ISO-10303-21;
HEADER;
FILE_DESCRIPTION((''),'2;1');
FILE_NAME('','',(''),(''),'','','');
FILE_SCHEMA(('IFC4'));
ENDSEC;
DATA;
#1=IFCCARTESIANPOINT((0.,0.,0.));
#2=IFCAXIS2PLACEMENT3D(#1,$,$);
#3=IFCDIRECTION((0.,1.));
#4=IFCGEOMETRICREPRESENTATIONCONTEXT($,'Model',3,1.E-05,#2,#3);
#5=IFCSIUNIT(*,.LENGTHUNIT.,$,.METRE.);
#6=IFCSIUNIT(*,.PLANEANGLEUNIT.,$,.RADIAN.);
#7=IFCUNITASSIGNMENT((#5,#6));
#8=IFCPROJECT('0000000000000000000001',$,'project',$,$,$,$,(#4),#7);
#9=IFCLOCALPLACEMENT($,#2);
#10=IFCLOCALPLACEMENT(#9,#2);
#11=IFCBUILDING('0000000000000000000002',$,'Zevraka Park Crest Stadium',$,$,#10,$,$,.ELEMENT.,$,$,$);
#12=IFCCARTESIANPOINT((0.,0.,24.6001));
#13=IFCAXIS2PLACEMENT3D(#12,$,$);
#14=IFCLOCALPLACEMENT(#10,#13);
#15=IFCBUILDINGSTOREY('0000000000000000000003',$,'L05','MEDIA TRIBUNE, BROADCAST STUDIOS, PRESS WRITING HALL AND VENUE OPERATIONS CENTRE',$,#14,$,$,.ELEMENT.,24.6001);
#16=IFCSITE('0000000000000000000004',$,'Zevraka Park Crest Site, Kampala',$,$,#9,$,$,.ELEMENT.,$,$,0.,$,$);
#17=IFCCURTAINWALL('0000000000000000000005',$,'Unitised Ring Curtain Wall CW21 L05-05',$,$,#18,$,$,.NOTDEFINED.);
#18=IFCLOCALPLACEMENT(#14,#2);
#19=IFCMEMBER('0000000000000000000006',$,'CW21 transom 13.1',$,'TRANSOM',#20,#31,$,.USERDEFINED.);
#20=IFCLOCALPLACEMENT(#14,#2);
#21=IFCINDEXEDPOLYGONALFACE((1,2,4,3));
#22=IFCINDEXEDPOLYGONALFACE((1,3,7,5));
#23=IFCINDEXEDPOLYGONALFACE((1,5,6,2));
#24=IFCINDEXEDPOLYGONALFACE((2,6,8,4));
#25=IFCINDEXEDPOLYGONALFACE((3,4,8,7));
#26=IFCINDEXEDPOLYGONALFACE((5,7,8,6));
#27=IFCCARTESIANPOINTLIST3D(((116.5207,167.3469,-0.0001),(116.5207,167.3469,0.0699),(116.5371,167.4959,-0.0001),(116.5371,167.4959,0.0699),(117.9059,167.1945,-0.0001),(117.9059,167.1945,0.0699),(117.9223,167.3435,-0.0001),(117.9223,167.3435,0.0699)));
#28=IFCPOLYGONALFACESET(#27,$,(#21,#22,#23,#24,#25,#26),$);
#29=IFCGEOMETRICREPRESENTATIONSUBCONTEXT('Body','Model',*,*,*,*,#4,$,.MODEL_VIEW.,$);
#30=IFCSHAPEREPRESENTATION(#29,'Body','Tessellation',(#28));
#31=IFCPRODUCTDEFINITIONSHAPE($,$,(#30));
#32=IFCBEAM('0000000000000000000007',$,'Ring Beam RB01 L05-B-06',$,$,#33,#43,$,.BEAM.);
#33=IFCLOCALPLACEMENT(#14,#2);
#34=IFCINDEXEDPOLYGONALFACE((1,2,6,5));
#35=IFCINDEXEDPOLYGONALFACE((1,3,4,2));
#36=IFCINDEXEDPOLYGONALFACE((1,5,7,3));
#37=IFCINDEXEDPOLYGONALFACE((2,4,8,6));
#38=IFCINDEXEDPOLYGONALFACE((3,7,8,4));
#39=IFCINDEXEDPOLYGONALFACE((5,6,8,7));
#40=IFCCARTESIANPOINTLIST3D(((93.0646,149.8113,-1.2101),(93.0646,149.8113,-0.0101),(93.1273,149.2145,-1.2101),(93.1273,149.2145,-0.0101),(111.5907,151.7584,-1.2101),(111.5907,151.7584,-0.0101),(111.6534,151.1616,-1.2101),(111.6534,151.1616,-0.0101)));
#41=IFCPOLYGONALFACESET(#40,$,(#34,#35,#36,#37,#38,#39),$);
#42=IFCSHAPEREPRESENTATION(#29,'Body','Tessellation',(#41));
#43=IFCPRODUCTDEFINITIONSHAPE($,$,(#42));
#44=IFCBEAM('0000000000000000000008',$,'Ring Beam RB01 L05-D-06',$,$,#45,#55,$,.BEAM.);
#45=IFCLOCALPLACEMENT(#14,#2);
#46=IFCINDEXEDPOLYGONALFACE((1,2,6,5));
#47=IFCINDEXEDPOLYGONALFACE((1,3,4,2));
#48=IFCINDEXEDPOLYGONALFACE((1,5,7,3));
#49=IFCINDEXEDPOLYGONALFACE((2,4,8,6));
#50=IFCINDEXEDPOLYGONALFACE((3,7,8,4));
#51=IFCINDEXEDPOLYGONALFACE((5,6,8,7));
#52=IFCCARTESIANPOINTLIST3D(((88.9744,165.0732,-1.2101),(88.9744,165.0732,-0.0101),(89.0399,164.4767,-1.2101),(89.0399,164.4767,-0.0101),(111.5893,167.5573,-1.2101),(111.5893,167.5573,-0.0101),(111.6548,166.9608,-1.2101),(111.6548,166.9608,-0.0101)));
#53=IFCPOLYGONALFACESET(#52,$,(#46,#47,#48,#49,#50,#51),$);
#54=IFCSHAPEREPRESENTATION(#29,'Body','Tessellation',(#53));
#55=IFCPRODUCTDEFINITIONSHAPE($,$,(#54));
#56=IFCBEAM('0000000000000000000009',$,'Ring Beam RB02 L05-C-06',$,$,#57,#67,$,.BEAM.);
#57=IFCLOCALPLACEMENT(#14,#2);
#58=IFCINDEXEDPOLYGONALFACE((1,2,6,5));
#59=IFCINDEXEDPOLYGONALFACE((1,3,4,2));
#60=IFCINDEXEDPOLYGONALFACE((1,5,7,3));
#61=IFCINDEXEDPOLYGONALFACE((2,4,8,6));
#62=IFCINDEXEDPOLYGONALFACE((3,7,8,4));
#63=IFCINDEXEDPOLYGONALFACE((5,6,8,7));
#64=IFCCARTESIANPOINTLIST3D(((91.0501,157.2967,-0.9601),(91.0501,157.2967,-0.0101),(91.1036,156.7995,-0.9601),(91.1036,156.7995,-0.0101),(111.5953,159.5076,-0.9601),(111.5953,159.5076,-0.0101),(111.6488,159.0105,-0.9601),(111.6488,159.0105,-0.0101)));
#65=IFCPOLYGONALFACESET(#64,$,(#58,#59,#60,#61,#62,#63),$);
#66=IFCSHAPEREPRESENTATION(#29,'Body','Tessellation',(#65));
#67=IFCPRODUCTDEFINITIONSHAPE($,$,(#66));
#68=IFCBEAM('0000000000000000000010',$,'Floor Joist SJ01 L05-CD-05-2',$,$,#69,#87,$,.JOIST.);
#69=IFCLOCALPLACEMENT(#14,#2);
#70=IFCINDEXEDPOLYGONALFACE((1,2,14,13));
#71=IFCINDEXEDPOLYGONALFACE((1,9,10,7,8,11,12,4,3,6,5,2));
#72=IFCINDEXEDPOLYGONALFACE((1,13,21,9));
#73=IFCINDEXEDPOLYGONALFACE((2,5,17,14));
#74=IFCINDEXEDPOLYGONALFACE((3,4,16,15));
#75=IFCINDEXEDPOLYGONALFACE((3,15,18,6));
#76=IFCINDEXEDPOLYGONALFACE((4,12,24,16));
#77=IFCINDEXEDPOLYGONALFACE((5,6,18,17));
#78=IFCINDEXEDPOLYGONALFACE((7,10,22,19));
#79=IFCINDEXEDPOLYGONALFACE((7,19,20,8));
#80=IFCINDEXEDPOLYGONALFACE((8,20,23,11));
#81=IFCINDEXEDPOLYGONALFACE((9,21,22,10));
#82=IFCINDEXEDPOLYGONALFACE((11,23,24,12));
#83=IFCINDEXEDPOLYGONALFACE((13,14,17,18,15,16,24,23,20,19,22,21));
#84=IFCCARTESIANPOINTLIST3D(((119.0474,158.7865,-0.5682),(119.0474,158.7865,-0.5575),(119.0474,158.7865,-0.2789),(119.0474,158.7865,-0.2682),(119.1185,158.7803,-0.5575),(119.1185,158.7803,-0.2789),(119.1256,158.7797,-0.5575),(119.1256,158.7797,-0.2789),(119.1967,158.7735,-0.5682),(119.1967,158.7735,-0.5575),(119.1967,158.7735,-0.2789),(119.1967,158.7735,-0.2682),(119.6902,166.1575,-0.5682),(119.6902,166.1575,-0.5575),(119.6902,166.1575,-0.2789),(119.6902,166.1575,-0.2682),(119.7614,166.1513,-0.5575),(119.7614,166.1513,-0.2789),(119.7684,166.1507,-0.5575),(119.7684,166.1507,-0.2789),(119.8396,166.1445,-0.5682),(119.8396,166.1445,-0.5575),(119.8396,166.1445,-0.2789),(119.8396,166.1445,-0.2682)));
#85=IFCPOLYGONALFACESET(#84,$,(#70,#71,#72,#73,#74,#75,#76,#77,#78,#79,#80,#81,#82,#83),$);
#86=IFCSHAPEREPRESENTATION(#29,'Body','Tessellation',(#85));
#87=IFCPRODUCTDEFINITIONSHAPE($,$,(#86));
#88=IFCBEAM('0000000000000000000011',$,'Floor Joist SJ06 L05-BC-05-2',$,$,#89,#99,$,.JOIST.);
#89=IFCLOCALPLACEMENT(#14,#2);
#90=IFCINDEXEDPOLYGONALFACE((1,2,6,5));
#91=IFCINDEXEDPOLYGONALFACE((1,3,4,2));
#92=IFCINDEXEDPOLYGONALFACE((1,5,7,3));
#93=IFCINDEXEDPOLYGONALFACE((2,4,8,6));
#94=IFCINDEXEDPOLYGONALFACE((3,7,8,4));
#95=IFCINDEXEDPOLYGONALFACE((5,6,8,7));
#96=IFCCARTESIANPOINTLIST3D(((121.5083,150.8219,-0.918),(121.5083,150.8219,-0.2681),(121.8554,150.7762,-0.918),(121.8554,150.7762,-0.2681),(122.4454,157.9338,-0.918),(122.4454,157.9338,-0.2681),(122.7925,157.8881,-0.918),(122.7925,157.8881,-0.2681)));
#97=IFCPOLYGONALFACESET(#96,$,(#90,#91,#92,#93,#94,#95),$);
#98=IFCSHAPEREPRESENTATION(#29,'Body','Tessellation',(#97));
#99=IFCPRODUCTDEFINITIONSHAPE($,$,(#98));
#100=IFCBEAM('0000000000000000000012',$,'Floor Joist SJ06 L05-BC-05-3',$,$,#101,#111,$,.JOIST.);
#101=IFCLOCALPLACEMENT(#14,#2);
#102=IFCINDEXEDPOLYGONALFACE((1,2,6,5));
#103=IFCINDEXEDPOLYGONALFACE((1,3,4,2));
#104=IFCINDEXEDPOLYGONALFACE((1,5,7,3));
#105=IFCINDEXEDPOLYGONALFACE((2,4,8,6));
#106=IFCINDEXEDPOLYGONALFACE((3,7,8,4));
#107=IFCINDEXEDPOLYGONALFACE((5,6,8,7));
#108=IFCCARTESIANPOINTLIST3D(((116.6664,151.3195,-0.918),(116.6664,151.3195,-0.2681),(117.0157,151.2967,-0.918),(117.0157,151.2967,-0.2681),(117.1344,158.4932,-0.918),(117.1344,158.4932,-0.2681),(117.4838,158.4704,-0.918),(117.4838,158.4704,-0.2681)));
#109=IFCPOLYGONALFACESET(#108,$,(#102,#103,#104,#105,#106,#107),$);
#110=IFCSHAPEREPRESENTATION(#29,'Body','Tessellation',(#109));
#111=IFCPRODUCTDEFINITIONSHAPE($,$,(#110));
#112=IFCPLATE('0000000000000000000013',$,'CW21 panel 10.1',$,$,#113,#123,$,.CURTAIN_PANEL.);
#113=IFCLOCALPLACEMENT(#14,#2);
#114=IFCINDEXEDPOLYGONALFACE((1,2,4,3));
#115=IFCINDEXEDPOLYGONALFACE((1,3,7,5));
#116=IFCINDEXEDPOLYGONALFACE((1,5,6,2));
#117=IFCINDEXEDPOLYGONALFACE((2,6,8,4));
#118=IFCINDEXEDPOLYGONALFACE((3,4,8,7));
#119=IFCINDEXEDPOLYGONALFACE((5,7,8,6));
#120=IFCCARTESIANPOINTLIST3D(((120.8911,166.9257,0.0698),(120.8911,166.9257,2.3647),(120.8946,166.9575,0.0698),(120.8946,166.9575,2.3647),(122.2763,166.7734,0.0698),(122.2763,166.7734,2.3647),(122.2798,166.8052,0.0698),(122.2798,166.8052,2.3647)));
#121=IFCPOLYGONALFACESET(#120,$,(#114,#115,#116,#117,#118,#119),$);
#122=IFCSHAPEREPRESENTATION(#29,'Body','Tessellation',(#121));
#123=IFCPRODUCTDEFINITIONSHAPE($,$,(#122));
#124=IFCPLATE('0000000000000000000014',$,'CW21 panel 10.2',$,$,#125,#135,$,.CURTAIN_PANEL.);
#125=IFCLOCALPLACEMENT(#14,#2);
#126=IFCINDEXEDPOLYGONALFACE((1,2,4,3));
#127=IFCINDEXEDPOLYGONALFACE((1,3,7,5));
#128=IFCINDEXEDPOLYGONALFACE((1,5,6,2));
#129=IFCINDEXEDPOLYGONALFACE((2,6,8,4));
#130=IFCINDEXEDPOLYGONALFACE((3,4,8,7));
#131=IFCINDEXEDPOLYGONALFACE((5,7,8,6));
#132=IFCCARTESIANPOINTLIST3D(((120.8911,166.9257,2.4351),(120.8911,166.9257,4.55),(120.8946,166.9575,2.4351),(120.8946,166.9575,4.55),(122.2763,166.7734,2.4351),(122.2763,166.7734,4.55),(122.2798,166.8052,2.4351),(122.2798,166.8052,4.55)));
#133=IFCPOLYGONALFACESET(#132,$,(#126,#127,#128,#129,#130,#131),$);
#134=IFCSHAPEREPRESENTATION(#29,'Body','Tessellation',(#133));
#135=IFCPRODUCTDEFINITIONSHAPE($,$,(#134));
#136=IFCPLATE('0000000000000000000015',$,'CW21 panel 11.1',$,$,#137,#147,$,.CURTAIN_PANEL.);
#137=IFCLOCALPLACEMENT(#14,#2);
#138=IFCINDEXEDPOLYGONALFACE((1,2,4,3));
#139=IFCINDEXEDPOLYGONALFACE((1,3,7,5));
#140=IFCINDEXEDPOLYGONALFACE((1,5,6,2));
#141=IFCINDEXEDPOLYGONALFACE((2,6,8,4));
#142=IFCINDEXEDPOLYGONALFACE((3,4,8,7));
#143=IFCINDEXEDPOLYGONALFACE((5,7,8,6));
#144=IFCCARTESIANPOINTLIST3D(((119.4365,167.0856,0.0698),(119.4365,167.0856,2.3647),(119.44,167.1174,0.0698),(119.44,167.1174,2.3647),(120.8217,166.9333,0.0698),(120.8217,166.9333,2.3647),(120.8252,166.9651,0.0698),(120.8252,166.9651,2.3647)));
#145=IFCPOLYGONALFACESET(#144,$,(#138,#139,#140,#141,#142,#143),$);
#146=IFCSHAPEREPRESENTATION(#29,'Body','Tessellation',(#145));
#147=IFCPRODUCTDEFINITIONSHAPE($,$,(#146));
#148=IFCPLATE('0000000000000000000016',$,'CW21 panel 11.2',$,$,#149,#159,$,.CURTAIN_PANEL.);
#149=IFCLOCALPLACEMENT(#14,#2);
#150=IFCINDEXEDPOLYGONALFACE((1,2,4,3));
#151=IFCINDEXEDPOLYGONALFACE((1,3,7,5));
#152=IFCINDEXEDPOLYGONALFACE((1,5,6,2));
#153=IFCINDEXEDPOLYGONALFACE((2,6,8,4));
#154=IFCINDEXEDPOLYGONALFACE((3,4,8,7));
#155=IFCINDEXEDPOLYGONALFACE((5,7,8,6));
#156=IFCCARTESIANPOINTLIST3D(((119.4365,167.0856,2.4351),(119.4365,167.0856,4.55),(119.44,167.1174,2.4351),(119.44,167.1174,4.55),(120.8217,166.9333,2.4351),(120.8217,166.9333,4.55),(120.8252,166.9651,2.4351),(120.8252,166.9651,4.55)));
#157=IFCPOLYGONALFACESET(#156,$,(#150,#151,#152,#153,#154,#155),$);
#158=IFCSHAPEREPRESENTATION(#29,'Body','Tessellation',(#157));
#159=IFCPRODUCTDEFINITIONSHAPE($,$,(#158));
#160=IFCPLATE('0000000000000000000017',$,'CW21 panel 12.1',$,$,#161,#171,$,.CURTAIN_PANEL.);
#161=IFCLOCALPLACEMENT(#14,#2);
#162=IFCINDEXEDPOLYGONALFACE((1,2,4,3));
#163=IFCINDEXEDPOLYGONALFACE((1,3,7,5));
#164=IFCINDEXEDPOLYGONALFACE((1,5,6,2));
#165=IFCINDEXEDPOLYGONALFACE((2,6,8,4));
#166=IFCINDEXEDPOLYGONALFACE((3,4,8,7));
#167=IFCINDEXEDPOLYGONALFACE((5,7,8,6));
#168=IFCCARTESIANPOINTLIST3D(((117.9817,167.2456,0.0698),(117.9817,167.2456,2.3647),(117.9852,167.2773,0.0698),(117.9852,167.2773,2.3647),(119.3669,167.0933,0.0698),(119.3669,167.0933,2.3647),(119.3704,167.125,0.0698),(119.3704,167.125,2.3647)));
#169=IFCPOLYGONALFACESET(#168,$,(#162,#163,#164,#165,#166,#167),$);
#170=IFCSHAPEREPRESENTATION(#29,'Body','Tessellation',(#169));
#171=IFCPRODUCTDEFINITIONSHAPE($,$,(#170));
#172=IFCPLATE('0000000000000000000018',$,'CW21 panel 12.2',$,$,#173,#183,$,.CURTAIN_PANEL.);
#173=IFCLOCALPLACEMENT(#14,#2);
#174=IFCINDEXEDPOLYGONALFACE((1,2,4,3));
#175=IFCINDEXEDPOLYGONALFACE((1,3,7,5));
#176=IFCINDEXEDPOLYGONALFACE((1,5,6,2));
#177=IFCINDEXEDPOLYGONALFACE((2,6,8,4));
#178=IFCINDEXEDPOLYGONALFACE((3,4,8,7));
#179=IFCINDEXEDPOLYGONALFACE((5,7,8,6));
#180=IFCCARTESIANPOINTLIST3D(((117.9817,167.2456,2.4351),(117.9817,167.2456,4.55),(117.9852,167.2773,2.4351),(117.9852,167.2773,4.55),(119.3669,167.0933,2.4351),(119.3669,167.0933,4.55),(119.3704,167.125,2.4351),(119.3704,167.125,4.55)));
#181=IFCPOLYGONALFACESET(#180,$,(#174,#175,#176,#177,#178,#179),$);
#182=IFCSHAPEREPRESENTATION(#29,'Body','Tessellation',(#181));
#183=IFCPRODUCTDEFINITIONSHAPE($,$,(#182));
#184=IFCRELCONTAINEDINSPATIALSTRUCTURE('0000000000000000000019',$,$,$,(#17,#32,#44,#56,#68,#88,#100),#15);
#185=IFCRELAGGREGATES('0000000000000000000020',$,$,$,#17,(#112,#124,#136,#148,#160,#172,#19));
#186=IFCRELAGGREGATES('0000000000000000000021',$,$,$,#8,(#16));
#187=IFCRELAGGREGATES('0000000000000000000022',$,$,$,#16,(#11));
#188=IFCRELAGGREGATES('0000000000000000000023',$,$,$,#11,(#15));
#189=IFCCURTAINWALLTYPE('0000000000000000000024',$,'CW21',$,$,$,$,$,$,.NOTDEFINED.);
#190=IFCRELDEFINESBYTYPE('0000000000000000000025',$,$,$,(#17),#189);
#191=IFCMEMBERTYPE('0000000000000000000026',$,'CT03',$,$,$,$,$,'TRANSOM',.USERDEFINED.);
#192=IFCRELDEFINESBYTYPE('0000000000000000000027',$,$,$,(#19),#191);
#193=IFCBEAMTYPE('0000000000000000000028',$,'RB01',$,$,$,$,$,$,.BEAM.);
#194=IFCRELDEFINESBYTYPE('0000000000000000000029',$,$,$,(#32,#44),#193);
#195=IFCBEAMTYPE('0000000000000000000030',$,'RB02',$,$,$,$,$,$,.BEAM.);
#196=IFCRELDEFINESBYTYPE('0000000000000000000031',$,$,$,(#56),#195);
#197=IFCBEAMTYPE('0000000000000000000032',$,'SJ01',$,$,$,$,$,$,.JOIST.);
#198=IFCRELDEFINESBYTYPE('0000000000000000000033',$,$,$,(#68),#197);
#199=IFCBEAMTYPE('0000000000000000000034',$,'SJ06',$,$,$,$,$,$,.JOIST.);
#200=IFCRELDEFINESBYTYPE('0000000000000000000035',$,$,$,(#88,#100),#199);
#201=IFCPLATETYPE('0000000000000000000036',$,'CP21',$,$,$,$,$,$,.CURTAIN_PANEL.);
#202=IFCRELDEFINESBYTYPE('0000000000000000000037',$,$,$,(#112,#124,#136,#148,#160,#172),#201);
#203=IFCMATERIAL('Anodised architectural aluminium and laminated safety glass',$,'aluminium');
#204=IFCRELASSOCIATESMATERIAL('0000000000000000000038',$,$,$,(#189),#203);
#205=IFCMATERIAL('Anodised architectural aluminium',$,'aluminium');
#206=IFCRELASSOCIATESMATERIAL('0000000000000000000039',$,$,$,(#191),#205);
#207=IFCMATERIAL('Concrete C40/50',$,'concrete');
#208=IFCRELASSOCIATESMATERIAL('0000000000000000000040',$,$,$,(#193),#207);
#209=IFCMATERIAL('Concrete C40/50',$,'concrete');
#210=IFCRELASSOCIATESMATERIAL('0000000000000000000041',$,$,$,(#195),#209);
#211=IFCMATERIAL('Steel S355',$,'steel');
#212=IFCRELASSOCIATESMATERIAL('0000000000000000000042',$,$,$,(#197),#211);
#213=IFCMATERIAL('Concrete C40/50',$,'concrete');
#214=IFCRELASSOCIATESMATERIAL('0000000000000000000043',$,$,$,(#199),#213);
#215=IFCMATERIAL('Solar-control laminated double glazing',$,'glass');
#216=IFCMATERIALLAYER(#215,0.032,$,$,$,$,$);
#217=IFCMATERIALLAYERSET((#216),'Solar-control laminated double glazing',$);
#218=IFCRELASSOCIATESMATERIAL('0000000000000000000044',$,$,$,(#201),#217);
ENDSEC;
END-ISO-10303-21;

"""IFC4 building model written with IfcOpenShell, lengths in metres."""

from ifc_helpers import new_model, si_unit, direction, frame, origin, origin_2d, place, context, subcontext, project, spatial, rectangle, i_section, extrude, material, layer, layer_set, material_profile, profile_set, type_object, element, aggregate, save


model = new_model("IFC4")

# Units and contexts
model_context = context("Model", 3, precision=1e-05, world=origin(), true_north=direction((0.0, 1.0)))
body_context = subcontext(model_context, "Body", "Model", "MODEL_VIEW")
ifc_project = project(units=[si_unit("LENGTHUNIT", "METRE"), si_unit("PLANEANGLEUNIT", "RADIAN")], contexts=[model_context])

# Site, building, storey
site_placement = place(None, origin())
site = spatial("IfcSite", under=ifc_project, at=site_placement, Name="Zevraka Park Crest Site, Kampala", CompositionType="ELEMENT", RefElevation=0.0)
building_placement = place(site_placement, origin())
building = spatial("IfcBuilding", under=site, at=building_placement, Name="Zevraka Park Crest Stadium", CompositionType="ELEMENT")
storey_placement = place(building_placement, frame((0.0, 0.0, 24.6001)))
storey = spatial("IfcBuildingStorey", under=building, at=storey_placement, Name="L05", Description="MEDIA TRIBUNE, BROADCAST STUDIOS, PRESS WRITING HALL AND VENUE OPERATIONS CENTRE", CompositionType="ELEMENT", Elevation=24.6001)

# Curtain wall, member
ifc_material_1 = material(Name="Anodised architectural aluminium and laminated safety glass", Category="aluminium")
curtain_wall_type = type_object("IfcCurtainWallType", Name="CW21", PredefinedType="NOTDEFINED", material=ifc_material_1)
curtain_wall_placement = place(storey_placement, origin())
curtain_wall = element("IfcCurtainWall", 1, at=curtain_wall_placement, inside=storey, type_object=curtain_wall_type, Name="Unitised Ring Curtain Wall CW21 L05-05", PredefinedType="NOTDEFINED")
ifc_material_2 = material(Name="Anodised architectural aluminium", Category="aluminium")
ifc_material_profile_1 = material_profile(ifc_material_2, rectangle(XDim=0.1499, YDim=0.0701, at=origin_2d()), Name="ALU TRANSOM 150x70")
ifc_profile_set_1 = profile_set([ifc_material_profile_1], Name="Anodised architectural aluminium")
member_type_1 = type_object("IfcMemberType", Name="CT03", ElementType="TRANSOM", PredefinedType="USERDEFINED", material=ifc_profile_set_1)
member_1_placement = place(storey_placement, frame((117.9141, 167.269, 0.0349), z_axis=(-0.994007, 0.109316, 0.0), x_axis=(-0.109316, -0.994007, 0.0)))
member_1 = element("IfcMember", 2, at=member_1_placement, type_object=member_type_1, Name="CW21 transom 13.1", ObjectType="TRANSOM", PredefinedType="USERDEFINED", context=body_context, shape_type="SweptSolid", body=[
    extrude(rectangle(XDim=0.1499, YDim=0.0701, at=origin_2d()), origin(), (0.0, 0.0, 1.0), 1.3936),
])

# Beams
ifc_material_3 = material(Name="Concrete C40/50", Category="concrete")
ifc_material_profile_2 = material_profile(ifc_material_3, rectangle(XDim=0.6001, YDim=1.2, at=origin_2d()), Name="RC 1200x600")
ifc_profile_set_2 = profile_set([ifc_material_profile_2], Name="Concrete C40/50")
beam_type_1 = type_object("IfcBeamType", Name="RB01", PredefinedType="BEAM", material=ifc_profile_set_2)
beam_1_placement = place(storey_placement, frame((111.6221, 151.46, -0.6101), z_axis=(-0.994523, -0.10452, 0.0), x_axis=(0.10452, -0.994523, 0.0)))
element("IfcBeam", 3, at=beam_1_placement, inside=storey, type_object=beam_type_1, Name="Ring Beam RB01 L05-B-06", PredefinedType="BEAM", context=body_context, shape_type="SweptSolid", body=[
    extrude(rectangle(XDim=0.6001, YDim=1.2, at=origin_2d()), origin(), (0.0, 0.0, 1.0), 18.6282),
])
beam_2_placement = place(storey_placement, frame((111.6221, 167.259, -0.6101), z_axis=(-0.994021, -0.109188, 0.0), x_axis=(0.109188, -0.994021, 0.0)))
element("IfcBeam", 4, at=beam_2_placement, inside=storey, type_object=beam_type_1, Name="Ring Beam RB01 L05-D-06", PredefinedType="BEAM", context=body_context, shape_type="SweptSolid", body=[
    extrude(rectangle(XDim=0.6001, YDim=1.2, at=origin_2d()), origin(), (0.0, 0.0, 1.0), 22.751),
])
ifc_material_4 = material(Name="Concrete C40/50", Category="concrete")
ifc_material_profile_3 = material_profile(ifc_material_4, rectangle(XDim=0.5, YDim=0.95, at=origin_2d()), Name="RC 950x500")
ifc_profile_set_3 = profile_set([ifc_material_profile_3], Name="Concrete C40/50")
beam_type_2 = type_object("IfcBeamType", Name="RB02", PredefinedType="BEAM", material=ifc_profile_set_3)
beam_3_placement = place(storey_placement, frame((111.6221, 159.259, -0.4851), z_axis=(-0.994259, -0.106996, 0.0), x_axis=(0.106996, -0.994259, 0.0)))
element("IfcBeam", 5, at=beam_3_placement, inside=storey, type_object=beam_type_2, Name="Ring Beam RB02 L05-C-06", PredefinedType="BEAM", context=body_context, shape_type="SweptSolid", body=[
    extrude(rectangle(XDim=0.5, YDim=0.95, at=origin_2d()), origin(), (0.0, 0.0, 1.0), 20.6638),
])
ifc_material_5 = material(Name="Steel S355", Category="steel")
ifc_material_profile_4 = material_profile(ifc_material_5, i_section(OverallWidth=0.1499, OverallDepth=0.3, WebThickness=0.0071, FlangeThickness=0.0107, at=origin_2d()), Name="IPE 300")
ifc_profile_set_4 = profile_set([ifc_material_profile_4], Name="Steel S355")
beam_type_3 = type_object("IfcBeamType", Name="SJ01", PredefinedType="JOIST", material=ifc_profile_set_4)
beam_4_placement = place(storey_placement, frame((119.1221, 158.78, -0.4182), z_axis=(0.086882, 0.996219, 0.0), x_axis=(-0.996219, 0.086882, 0.0)))
element("IfcBeam", 6, at=beam_4_placement, inside=storey, type_object=beam_type_3, Name="Floor Joist SJ01 L05-CD-05-2", PredefinedType="JOIST", context=body_context, shape_type="SweptSolid", body=[
    extrude(i_section(OverallWidth=0.1499, OverallDepth=0.3, WebThickness=0.0071, FlangeThickness=0.0107, at=origin_2d()), origin(), (0.0, 0.0, 1.0), 7.3989),
])
ifc_material_6 = material(Name="Concrete C40/50", Category="concrete")
ifc_material_profile_5 = material_profile(ifc_material_6, rectangle(XDim=0.3501, YDim=0.6499, at=origin_2d()), Name="RC 650x350")
ifc_profile_set_5 = profile_set([ifc_material_profile_5], Name="Concrete C40/50")
beam_type_4 = type_object("IfcBeamType", Name="SJ06", PredefinedType="JOIST", material=ifc_profile_set_5)
beam_5_placement = place(storey_placement, frame((121.6819, 150.7991, -0.593), z_axis=(0.130625, 0.991432, 0.0), x_axis=(-0.991432, 0.130625, 0.0)))
element("IfcBeam", 7, at=beam_5_placement, inside=storey, type_object=beam_type_4, Name="Floor Joist SJ06 L05-BC-05-2", PredefinedType="JOIST", context=body_context, shape_type="SweptSolid", body=[
    extrude(rectangle(XDim=0.3501, YDim=0.6499, at=origin_2d()), origin(), (0.0, 0.0, 1.0), 7.1733),
])
beam_6_placement = place(storey_placement, frame((116.8411, 151.3081, -0.593), z_axis=(0.065101, 0.997879, 0.0), x_axis=(-0.997879, 0.065101, 0.0)))
element("IfcBeam", 8, at=beam_6_placement, inside=storey, type_object=beam_type_4, Name="Floor Joist SJ06 L05-BC-05-3", PredefinedType="JOIST", context=body_context, shape_type="SweptSolid", body=[
    extrude(rectangle(XDim=0.3501, YDim=0.6499, at=origin_2d()), origin(), (0.0, 0.0, 1.0), 7.189),
])

# Plates
ifc_material_7 = material(Name="Solar-control laminated double glazing", Category="glass")
ifc_layer_1 = layer(ifc_material_7, 0.032)
ifc_layer_set_1 = layer_set([ifc_layer_1], Name="Solar-control laminated double glazing")
plate_type = type_object("IfcPlateType", Name="CP21", PredefinedType="CURTAIN_PANEL", material=ifc_layer_set_1)
plate_1_placement = place(storey_placement, frame((121.5854, 166.8655, 0.0698), z_axis=(0.0, 0.0, 1.0), x_axis=(-0.99401, 0.109288, 0.0)))
plate_1 = element("IfcPlate", 9, at=plate_1_placement, type_object=plate_type, Name="CW21 panel 10.1", PredefinedType="CURTAIN_PANEL", context=body_context, shape_type="SweptSolid", body=[
    extrude(rectangle(XDim=1.3936, YDim=0.032, at=origin_2d()), origin(), (0.0, 0.0, 1.0), 2.2949),
])
plate_2_placement = place(storey_placement, frame((121.5854, 166.8655, 2.4351), z_axis=(0.0, 0.0, 1.0), x_axis=(-0.99401, 0.109288, 0.0)))
plate_2 = element("IfcPlate", 10, at=plate_2_placement, type_object=plate_type, Name="CW21 panel 10.2", PredefinedType="CURTAIN_PANEL", context=body_context, shape_type="SweptSolid", body=[
    extrude(rectangle(XDim=1.3936, YDim=0.032, at=origin_2d()), origin(), (0.0, 0.0, 1.0), 2.115),
])
plate_3_placement = place(storey_placement, frame((120.1309, 167.0254, 0.0698), z_axis=(0.0, 0.0, 1.0), x_axis=(-0.99401, 0.109288, 0.0)))
plate_3 = element("IfcPlate", 11, at=plate_3_placement, type_object=plate_type, Name="CW21 panel 11.1", PredefinedType="CURTAIN_PANEL", context=body_context, shape_type="SweptSolid", body=[
    extrude(rectangle(XDim=1.3936, YDim=0.032, at=origin_2d()), origin(), (0.0, 0.0, 1.0), 2.2949),
])
plate_4_placement = place(storey_placement, frame((120.1309, 167.0254, 2.4351), z_axis=(0.0, 0.0, 1.0), x_axis=(-0.99401, 0.109288, 0.0)))
plate_4 = element("IfcPlate", 12, at=plate_4_placement, type_object=plate_type, Name="CW21 panel 11.2", PredefinedType="CURTAIN_PANEL", context=body_context, shape_type="SweptSolid", body=[
    extrude(rectangle(XDim=1.3936, YDim=0.032, at=origin_2d()), origin(), (0.0, 0.0, 1.0), 2.115),
])
plate_5_placement = place(storey_placement, frame((118.676, 167.1853, 0.0698), z_axis=(0.0, 0.0, 1.0), x_axis=(-0.99401, 0.109288, 0.0)))
plate_5 = element("IfcPlate", 13, at=plate_5_placement, type_object=plate_type, Name="CW21 panel 12.1", PredefinedType="CURTAIN_PANEL", context=body_context, shape_type="SweptSolid", body=[
    extrude(rectangle(XDim=1.3936, YDim=0.032, at=origin_2d()), origin(), (0.0, 0.0, 1.0), 2.2949),
])
plate_6_placement = place(storey_placement, frame((118.676, 167.1853, 2.4351), z_axis=(0.0, 0.0, 1.0), x_axis=(-0.99401, 0.109288, 0.0)))
plate_6 = element("IfcPlate", 14, at=plate_6_placement, type_object=plate_type, Name="CW21 panel 12.2", PredefinedType="CURTAIN_PANEL", context=body_context, shape_type="SweptSolid", body=[
    extrude(rectangle(XDim=1.3936, YDim=0.032, at=origin_2d()), origin(), (0.0, 0.0, 1.0), 2.115),
])
aggregate(curtain_wall, [plate_1, plate_2, plate_3, plate_4, plate_5, plate_6, member_1])

save(model, "model.ifc")
